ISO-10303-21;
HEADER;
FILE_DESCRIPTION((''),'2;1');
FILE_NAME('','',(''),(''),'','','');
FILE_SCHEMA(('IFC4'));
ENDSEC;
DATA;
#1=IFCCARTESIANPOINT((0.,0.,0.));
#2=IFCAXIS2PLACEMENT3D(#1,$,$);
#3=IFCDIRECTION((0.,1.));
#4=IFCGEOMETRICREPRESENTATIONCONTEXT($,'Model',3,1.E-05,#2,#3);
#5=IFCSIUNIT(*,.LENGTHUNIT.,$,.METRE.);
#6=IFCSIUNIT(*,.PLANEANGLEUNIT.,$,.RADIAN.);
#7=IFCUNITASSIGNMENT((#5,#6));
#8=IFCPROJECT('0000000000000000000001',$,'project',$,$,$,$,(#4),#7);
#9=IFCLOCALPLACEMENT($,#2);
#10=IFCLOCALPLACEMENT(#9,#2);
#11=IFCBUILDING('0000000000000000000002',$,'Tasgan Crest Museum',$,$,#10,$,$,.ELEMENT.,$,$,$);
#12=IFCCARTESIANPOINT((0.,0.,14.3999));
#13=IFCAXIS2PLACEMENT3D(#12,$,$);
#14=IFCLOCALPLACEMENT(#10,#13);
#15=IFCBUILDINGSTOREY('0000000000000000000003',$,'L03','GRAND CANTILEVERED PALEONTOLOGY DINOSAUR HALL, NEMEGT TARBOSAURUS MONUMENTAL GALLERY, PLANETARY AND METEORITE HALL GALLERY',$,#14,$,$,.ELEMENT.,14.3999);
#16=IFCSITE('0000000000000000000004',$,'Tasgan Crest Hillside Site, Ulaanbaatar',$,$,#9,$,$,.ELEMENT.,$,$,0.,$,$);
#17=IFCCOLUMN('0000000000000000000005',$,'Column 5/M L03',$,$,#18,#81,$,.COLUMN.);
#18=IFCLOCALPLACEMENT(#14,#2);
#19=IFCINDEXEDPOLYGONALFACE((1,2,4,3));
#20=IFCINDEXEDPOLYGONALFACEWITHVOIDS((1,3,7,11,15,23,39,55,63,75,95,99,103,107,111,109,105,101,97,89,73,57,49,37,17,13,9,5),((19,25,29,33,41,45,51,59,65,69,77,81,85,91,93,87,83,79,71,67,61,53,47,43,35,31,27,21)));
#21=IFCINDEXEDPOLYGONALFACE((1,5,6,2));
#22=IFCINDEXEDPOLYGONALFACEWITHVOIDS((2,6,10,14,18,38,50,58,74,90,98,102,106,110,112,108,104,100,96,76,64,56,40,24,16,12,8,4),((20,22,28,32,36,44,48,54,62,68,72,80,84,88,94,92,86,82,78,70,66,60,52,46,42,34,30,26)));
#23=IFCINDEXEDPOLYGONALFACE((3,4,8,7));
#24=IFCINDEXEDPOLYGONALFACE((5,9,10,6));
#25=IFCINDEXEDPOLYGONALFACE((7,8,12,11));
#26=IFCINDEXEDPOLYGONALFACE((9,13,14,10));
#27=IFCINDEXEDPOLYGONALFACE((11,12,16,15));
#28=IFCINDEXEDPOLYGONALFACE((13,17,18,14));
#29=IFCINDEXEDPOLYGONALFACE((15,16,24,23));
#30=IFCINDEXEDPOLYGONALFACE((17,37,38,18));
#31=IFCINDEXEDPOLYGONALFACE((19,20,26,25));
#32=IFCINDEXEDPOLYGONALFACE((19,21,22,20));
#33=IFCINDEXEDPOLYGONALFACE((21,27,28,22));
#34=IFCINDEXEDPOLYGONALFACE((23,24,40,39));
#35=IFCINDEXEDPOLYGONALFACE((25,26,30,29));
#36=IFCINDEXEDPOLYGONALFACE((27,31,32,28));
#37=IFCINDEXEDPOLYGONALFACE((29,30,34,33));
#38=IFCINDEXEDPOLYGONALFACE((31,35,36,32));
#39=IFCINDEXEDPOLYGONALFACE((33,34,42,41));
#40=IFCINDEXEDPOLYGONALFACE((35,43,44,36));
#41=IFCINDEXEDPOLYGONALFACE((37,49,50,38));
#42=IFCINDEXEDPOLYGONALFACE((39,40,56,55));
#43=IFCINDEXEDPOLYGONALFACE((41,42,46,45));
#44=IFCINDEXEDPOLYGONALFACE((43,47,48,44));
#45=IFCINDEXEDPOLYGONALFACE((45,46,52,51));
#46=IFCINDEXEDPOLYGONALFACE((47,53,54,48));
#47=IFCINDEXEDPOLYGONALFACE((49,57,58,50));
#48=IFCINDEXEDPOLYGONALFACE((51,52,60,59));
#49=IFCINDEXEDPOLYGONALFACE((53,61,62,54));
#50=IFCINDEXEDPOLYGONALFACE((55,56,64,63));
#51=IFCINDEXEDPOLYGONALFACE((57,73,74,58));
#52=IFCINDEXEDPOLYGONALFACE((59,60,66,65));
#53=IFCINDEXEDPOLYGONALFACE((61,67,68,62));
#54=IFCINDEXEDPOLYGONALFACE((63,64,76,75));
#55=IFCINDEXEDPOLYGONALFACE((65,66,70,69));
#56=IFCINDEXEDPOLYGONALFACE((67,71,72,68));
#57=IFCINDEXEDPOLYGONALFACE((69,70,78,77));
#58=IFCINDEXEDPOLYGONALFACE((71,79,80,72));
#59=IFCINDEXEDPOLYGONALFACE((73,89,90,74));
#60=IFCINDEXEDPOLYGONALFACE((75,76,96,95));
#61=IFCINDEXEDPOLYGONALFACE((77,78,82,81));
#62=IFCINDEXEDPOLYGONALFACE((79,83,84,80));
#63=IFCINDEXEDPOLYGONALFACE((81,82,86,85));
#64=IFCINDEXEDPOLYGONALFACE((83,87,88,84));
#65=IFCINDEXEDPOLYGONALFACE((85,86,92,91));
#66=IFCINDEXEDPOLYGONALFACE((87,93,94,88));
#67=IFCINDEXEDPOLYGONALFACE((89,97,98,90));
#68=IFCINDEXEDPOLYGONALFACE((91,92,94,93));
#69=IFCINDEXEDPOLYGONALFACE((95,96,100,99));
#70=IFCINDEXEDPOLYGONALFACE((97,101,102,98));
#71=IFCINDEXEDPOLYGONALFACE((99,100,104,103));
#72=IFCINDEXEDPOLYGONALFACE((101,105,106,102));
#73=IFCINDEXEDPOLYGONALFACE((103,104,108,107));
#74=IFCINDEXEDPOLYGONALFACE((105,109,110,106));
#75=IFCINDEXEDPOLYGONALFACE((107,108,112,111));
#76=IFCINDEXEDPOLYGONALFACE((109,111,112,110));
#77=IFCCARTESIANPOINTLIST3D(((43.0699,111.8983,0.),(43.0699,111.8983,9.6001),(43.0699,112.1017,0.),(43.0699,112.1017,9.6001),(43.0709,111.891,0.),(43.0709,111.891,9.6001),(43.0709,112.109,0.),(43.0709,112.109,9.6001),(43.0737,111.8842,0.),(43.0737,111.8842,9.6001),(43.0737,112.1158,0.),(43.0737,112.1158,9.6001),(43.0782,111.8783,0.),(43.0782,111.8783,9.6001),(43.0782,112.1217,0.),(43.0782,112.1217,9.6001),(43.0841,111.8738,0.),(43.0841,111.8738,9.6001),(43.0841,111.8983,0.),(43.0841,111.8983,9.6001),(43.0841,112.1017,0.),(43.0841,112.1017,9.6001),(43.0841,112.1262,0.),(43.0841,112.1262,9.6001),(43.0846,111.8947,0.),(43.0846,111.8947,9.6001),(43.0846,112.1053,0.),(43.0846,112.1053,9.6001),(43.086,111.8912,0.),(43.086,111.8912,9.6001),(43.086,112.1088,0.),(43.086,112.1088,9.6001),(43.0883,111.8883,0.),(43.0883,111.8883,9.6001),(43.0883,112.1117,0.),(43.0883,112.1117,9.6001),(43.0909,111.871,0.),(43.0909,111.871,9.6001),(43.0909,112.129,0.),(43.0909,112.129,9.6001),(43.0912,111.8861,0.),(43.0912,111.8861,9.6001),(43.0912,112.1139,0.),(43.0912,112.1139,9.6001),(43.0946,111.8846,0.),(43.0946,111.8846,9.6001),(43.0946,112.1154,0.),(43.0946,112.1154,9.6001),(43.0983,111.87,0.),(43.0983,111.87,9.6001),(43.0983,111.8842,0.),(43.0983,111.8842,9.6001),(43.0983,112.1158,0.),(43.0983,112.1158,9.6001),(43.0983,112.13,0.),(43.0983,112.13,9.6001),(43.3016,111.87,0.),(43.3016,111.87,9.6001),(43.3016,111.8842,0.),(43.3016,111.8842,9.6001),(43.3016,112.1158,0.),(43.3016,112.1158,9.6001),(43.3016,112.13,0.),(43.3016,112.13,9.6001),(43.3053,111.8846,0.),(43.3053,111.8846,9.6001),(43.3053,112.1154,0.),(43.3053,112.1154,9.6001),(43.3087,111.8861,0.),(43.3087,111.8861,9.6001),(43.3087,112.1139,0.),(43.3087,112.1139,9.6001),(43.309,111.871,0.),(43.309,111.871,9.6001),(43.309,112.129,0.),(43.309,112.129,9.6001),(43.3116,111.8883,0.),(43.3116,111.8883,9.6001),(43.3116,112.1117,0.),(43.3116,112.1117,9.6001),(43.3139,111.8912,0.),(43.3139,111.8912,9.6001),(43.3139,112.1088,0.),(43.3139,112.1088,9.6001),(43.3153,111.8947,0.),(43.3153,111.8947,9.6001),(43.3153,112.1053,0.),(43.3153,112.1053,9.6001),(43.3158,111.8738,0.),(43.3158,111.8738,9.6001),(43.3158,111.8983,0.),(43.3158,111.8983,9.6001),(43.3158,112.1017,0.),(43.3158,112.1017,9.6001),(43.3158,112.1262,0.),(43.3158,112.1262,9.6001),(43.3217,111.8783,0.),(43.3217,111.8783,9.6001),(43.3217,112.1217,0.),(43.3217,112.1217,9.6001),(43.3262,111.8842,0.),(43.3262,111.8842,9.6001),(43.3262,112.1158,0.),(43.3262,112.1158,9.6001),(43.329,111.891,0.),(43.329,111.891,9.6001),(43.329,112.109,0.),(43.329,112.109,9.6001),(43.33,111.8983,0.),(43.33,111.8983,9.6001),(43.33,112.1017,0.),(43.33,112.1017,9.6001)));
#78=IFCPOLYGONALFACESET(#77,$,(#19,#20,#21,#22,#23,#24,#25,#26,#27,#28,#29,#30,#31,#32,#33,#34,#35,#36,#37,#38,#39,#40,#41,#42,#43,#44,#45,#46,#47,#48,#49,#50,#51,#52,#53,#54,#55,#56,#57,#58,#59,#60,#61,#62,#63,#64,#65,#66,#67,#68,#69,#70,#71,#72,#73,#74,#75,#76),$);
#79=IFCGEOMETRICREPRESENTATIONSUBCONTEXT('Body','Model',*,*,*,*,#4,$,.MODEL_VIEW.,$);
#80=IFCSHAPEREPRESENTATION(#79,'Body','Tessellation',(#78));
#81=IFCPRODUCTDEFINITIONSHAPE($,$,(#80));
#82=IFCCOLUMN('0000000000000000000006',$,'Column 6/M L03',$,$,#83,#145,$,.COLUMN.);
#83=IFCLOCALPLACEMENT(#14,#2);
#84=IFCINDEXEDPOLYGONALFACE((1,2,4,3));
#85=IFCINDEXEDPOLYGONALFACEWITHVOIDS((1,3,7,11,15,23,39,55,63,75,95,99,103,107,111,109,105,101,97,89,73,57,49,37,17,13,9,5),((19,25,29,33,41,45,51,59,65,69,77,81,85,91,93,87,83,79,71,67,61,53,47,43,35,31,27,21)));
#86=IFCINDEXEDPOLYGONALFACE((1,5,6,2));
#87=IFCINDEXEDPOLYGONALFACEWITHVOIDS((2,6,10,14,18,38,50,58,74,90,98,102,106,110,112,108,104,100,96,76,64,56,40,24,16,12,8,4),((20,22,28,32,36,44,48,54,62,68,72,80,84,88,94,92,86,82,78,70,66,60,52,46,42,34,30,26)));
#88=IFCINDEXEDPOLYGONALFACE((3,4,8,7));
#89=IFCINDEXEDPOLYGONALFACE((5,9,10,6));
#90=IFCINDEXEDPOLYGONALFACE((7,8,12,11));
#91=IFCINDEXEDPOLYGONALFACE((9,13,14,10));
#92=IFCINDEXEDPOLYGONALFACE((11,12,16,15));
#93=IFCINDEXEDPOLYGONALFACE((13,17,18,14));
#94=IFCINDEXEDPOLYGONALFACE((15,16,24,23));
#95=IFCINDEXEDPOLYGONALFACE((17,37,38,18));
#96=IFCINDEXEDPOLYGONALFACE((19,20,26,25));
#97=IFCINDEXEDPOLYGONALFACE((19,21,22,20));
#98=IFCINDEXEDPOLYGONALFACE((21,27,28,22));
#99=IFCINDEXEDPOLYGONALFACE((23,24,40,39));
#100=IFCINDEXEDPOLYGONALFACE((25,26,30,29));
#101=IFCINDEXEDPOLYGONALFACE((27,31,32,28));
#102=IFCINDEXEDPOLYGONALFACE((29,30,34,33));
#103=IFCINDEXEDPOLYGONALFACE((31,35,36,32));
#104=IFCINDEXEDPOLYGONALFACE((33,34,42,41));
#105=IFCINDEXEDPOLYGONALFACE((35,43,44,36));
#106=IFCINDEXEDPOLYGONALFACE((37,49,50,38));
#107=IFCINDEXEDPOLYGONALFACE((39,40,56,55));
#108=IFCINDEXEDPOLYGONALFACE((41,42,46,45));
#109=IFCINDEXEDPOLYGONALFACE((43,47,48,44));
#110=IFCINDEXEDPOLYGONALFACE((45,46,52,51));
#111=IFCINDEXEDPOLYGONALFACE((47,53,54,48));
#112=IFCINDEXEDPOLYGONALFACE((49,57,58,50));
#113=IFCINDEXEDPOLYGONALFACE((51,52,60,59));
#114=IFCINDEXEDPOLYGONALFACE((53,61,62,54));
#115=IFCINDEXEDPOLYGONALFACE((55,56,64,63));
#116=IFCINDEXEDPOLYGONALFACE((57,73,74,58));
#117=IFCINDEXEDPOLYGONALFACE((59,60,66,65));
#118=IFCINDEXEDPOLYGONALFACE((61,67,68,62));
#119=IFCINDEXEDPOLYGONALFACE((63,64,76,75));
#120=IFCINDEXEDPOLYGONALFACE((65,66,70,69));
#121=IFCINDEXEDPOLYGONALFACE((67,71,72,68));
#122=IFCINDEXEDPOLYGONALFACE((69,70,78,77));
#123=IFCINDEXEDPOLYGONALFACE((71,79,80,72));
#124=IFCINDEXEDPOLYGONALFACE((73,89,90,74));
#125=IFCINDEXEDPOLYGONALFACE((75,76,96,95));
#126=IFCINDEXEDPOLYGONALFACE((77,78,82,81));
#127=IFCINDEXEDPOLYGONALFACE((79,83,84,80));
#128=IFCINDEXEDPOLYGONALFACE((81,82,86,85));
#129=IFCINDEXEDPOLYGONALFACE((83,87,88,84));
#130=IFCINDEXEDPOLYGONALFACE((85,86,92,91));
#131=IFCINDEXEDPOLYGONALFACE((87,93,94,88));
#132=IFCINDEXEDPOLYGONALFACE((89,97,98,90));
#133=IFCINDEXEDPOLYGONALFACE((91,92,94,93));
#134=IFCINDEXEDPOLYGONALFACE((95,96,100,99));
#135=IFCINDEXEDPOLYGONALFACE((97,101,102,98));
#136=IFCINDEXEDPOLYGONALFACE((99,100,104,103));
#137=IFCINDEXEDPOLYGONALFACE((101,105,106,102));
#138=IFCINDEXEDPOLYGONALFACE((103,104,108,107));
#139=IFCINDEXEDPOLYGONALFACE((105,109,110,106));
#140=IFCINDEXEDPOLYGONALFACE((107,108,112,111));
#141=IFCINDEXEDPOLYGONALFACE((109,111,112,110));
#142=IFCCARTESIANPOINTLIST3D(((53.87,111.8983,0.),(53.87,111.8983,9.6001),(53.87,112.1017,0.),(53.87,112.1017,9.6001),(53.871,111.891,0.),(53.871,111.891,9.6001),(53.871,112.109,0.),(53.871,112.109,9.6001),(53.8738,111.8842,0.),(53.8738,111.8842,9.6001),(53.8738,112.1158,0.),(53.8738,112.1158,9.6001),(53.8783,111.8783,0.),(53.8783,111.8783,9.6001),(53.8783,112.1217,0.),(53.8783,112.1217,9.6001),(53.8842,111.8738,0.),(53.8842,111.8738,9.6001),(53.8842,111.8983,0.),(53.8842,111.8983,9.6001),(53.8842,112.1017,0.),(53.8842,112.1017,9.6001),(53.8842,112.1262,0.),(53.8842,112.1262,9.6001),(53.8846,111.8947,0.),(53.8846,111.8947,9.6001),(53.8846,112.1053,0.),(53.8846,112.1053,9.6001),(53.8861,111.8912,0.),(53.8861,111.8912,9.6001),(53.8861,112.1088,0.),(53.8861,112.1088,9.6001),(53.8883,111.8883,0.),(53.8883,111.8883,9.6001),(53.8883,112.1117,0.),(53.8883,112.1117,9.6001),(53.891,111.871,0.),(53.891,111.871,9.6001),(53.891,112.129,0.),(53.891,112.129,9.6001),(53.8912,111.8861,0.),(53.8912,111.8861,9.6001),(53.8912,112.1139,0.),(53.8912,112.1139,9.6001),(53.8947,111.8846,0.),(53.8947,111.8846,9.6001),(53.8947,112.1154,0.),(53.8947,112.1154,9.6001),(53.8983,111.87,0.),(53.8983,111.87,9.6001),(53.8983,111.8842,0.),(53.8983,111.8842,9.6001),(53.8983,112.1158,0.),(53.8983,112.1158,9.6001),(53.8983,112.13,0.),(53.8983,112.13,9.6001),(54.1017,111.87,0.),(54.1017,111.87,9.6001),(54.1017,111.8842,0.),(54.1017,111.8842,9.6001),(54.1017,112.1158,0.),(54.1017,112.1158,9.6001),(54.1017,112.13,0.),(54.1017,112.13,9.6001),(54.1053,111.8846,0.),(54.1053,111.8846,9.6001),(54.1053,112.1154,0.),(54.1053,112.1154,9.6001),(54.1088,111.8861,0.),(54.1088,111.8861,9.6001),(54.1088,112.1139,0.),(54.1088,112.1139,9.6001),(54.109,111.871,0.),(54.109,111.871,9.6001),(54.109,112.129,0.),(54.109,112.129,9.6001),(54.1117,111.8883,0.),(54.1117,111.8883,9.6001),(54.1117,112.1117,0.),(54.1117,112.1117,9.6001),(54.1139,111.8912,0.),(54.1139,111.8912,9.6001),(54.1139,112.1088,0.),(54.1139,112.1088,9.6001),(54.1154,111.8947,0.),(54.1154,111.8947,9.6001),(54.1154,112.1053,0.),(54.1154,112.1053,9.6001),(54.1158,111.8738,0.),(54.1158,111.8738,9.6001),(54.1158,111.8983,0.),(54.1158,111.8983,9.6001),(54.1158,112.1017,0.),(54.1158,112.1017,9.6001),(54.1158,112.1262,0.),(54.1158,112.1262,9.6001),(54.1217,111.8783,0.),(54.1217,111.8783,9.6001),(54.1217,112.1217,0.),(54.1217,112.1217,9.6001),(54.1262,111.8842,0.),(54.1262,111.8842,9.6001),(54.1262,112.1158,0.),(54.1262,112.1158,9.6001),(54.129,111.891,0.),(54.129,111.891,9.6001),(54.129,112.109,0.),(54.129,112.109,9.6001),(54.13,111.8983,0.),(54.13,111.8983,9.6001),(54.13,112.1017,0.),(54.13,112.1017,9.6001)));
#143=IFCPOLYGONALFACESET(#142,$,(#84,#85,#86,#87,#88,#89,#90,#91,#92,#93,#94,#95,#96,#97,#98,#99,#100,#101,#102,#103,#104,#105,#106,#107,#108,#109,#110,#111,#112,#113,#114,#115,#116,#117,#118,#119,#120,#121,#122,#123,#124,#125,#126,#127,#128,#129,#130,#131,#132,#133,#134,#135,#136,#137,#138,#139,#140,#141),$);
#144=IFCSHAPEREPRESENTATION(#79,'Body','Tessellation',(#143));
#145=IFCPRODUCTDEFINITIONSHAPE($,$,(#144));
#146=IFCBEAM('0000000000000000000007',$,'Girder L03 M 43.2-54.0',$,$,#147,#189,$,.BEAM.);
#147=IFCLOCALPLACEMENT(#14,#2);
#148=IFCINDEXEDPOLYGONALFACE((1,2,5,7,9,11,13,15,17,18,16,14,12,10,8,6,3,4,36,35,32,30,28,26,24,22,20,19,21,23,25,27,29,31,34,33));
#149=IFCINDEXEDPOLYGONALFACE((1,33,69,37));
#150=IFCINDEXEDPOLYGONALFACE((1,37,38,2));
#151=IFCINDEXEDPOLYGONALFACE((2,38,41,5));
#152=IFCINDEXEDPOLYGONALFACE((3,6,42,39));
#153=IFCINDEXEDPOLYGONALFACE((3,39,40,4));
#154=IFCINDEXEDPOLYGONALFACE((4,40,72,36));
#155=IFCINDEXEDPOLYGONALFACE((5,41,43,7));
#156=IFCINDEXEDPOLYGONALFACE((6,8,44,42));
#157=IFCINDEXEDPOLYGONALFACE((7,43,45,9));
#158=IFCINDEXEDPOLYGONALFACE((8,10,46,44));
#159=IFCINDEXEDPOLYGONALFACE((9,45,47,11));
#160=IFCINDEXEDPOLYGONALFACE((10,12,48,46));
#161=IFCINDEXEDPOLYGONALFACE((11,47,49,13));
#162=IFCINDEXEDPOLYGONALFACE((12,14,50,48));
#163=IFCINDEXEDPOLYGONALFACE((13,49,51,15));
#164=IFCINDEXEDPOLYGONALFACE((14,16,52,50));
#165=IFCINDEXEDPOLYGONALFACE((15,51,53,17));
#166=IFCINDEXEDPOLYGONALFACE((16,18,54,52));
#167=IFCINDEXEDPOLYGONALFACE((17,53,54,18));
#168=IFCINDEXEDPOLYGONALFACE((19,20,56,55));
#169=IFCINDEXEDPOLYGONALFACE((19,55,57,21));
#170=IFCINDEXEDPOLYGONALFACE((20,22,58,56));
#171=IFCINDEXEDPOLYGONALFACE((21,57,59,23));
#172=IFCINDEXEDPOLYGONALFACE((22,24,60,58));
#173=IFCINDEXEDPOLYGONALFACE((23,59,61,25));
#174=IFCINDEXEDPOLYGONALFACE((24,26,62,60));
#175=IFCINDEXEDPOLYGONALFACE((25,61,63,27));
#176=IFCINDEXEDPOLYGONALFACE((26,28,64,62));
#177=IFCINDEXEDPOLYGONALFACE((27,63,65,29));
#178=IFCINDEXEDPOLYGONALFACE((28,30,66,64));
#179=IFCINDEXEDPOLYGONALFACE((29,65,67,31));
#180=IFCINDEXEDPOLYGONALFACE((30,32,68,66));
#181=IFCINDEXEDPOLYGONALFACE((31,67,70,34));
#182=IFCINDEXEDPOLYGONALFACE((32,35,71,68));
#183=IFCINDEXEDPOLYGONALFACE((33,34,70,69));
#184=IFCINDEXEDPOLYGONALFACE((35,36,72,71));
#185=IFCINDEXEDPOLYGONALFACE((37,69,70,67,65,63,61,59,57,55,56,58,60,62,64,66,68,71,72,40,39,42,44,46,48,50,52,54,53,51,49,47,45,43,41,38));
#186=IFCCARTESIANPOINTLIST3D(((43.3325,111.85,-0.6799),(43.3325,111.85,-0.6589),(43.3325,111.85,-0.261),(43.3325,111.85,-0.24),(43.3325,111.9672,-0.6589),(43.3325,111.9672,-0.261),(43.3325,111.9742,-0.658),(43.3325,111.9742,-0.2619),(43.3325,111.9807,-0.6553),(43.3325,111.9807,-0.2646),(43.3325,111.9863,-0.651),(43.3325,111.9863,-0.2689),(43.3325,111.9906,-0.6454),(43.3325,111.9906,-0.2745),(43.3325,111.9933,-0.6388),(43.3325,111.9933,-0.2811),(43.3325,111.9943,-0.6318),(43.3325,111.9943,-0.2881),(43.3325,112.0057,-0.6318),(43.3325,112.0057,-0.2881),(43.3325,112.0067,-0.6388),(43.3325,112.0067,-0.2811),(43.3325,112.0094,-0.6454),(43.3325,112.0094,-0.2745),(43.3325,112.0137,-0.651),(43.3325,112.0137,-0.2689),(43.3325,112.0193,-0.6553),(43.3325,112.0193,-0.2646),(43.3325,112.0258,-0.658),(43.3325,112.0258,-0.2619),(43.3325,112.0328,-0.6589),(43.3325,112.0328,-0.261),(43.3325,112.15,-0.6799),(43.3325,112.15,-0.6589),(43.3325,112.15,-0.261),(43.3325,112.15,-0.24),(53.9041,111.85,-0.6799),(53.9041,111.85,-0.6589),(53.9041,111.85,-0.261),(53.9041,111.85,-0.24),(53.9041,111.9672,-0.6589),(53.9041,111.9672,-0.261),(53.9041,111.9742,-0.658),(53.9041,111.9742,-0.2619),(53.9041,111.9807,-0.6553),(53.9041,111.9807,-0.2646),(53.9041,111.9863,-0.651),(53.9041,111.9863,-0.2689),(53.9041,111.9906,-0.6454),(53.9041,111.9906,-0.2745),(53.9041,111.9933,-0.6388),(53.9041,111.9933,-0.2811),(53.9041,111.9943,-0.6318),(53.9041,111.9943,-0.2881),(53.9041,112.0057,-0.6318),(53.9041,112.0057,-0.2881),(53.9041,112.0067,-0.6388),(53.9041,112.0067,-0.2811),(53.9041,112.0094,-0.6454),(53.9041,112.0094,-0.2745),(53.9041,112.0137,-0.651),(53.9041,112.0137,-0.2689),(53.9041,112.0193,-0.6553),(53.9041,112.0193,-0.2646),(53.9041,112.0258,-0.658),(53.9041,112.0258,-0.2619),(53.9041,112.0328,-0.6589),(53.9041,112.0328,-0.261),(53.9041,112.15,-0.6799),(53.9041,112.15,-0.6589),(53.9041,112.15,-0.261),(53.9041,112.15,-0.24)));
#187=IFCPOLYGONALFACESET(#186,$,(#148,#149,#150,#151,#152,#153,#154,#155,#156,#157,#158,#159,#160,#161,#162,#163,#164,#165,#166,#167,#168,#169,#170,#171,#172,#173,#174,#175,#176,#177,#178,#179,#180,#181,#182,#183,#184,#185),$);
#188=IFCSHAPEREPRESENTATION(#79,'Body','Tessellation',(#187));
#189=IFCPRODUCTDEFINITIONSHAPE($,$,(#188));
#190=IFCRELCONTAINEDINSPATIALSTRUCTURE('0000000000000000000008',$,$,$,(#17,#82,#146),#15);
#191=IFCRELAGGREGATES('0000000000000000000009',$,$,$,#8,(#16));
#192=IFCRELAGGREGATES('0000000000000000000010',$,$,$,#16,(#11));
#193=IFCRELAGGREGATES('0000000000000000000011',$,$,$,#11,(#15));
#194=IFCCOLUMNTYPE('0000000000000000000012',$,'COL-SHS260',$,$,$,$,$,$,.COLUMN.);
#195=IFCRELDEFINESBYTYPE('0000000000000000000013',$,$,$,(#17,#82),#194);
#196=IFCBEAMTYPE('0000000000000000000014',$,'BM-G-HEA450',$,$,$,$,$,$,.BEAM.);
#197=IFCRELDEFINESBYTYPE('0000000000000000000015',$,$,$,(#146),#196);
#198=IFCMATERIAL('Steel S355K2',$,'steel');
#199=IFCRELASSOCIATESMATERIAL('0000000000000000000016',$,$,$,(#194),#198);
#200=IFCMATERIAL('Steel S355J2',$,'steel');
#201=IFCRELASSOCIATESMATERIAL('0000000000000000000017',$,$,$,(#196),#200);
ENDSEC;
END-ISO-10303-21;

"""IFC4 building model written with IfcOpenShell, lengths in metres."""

from ifc_helpers import new_model, si_unit, direction, frame, origin, origin_2d, place, context, subcontext, project, spatial, hollow_rectangle, i_section, extrude, material, material_profile, profile_set, type_object, element, save


model = new_model("IFC4")

# Units and contexts
model_context = context("Model", 3, precision=1e-05, world=origin(), true_north=direction((0.0, 1.0)))
body_context = subcontext(model_context, "Body", "Model", "MODEL_VIEW")
ifc_project = project(units=[si_unit("LENGTHUNIT", "METRE"), si_unit("PLANEANGLEUNIT", "RADIAN")], contexts=[model_context])

# Site, building, storey
site_placement = place(None, origin())
site = spatial("IfcSite", under=ifc_project, at=site_placement, Name="Tasgan Crest Hillside Site, Ulaanbaatar", CompositionType="ELEMENT", RefElevation=0.0)
building_placement = place(site_placement, origin())
building = spatial("IfcBuilding", under=site, at=building_placement, Name="Tasgan Crest Museum", CompositionType="ELEMENT")
storey_placement = place(building_placement, frame((0.0, 0.0, 14.3999)))
storey = spatial("IfcBuildingStorey", under=building, at=storey_placement, Name="L03", Description="GRAND CANTILEVERED PALEONTOLOGY DINOSAUR HALL, NEMEGT TARBOSAURUS MONUMENTAL GALLERY, PLANETARY AND METEORITE HALL GALLERY", CompositionType="ELEMENT", Elevation=14.3999)

# Columns
ifc_material_1 = material(Name="Steel S355K2", Category="steel")
ifc_material_profile_1 = material_profile(ifc_material_1, hollow_rectangle(XDim=0.26, YDim=0.26, WallThickness=0.0142, InnerFilletRadius=0.0142, OuterFilletRadius=0.0283, at=origin_2d()), Name="SHS 260x260x14.2")
ifc_profile_set_1 = profile_set([ifc_material_profile_1], Name="Steel S355K2")
column_type = type_object("IfcColumnType", Name="COL-SHS260", PredefinedType="COLUMN", material=ifc_profile_set_1)
for number, where, z_axis, x_axis, name in (
    (1, (43.2, 112.0, 0.0), (0.0, 0.0, 1.0), (1.0, 0.0, 0.0), "Column 5/M L03"),
    (2, (54.0, 112.0, 0.0), (0.0, 0.0, 1.0), (1.0, 0.0, 0.0), "Column 6/M L03"),
):
    element("IfcColumn", number, at=place(storey_placement, frame(where, z_axis=z_axis, x_axis=x_axis)), inside=storey, type_object=column_type, Name=name, PredefinedType="COLUMN", context=body_context, shape_type="SweptSolid", body=[
        extrude(hollow_rectangle(XDim=0.26, YDim=0.26, WallThickness=0.0142, InnerFilletRadius=0.0142, OuterFilletRadius=0.0283, at=origin_2d()), origin(), (0.0, 0.0, 1.0), 9.6001),
    ])

# Beam
ifc_material_2 = material(Name="Steel S355J2", Category="steel")
ifc_material_profile_2 = material_profile(ifc_material_2, i_section(OverallWidth=0.3, OverallDepth=0.4399, WebThickness=0.0115, FlangeThickness=0.021, FilletRadius=0.0271, at=origin_2d()), Name="HEA 450")
ifc_profile_set_2 = profile_set([ifc_material_profile_2], Name="Steel S355J2")
beam_type = type_object("IfcBeamType", Name="BM-G-HEA450", PredefinedType="BEAM", material=ifc_profile_set_2)
beam_1_placement = place(storey_placement, frame((43.3325, 112.0, -0.46), z_axis=(1.0, 0.0, 0.0), x_axis=(0.0, 1.0, 0.0)))
element("IfcBeam", 3, at=beam_1_placement, inside=storey, type_object=beam_type, Name="Girder L03 M 43.2-54.0", PredefinedType="BEAM", context=body_context, shape_type="SweptSolid", body=[
    extrude(i_section(OverallWidth=0.3, OverallDepth=0.4399, WebThickness=0.0115, FlangeThickness=0.021, FilletRadius=0.0271, at=origin_2d()), origin(), (0.0, 0.0, 1.0), 10.5715),
])

save(model, "model.ifc")
